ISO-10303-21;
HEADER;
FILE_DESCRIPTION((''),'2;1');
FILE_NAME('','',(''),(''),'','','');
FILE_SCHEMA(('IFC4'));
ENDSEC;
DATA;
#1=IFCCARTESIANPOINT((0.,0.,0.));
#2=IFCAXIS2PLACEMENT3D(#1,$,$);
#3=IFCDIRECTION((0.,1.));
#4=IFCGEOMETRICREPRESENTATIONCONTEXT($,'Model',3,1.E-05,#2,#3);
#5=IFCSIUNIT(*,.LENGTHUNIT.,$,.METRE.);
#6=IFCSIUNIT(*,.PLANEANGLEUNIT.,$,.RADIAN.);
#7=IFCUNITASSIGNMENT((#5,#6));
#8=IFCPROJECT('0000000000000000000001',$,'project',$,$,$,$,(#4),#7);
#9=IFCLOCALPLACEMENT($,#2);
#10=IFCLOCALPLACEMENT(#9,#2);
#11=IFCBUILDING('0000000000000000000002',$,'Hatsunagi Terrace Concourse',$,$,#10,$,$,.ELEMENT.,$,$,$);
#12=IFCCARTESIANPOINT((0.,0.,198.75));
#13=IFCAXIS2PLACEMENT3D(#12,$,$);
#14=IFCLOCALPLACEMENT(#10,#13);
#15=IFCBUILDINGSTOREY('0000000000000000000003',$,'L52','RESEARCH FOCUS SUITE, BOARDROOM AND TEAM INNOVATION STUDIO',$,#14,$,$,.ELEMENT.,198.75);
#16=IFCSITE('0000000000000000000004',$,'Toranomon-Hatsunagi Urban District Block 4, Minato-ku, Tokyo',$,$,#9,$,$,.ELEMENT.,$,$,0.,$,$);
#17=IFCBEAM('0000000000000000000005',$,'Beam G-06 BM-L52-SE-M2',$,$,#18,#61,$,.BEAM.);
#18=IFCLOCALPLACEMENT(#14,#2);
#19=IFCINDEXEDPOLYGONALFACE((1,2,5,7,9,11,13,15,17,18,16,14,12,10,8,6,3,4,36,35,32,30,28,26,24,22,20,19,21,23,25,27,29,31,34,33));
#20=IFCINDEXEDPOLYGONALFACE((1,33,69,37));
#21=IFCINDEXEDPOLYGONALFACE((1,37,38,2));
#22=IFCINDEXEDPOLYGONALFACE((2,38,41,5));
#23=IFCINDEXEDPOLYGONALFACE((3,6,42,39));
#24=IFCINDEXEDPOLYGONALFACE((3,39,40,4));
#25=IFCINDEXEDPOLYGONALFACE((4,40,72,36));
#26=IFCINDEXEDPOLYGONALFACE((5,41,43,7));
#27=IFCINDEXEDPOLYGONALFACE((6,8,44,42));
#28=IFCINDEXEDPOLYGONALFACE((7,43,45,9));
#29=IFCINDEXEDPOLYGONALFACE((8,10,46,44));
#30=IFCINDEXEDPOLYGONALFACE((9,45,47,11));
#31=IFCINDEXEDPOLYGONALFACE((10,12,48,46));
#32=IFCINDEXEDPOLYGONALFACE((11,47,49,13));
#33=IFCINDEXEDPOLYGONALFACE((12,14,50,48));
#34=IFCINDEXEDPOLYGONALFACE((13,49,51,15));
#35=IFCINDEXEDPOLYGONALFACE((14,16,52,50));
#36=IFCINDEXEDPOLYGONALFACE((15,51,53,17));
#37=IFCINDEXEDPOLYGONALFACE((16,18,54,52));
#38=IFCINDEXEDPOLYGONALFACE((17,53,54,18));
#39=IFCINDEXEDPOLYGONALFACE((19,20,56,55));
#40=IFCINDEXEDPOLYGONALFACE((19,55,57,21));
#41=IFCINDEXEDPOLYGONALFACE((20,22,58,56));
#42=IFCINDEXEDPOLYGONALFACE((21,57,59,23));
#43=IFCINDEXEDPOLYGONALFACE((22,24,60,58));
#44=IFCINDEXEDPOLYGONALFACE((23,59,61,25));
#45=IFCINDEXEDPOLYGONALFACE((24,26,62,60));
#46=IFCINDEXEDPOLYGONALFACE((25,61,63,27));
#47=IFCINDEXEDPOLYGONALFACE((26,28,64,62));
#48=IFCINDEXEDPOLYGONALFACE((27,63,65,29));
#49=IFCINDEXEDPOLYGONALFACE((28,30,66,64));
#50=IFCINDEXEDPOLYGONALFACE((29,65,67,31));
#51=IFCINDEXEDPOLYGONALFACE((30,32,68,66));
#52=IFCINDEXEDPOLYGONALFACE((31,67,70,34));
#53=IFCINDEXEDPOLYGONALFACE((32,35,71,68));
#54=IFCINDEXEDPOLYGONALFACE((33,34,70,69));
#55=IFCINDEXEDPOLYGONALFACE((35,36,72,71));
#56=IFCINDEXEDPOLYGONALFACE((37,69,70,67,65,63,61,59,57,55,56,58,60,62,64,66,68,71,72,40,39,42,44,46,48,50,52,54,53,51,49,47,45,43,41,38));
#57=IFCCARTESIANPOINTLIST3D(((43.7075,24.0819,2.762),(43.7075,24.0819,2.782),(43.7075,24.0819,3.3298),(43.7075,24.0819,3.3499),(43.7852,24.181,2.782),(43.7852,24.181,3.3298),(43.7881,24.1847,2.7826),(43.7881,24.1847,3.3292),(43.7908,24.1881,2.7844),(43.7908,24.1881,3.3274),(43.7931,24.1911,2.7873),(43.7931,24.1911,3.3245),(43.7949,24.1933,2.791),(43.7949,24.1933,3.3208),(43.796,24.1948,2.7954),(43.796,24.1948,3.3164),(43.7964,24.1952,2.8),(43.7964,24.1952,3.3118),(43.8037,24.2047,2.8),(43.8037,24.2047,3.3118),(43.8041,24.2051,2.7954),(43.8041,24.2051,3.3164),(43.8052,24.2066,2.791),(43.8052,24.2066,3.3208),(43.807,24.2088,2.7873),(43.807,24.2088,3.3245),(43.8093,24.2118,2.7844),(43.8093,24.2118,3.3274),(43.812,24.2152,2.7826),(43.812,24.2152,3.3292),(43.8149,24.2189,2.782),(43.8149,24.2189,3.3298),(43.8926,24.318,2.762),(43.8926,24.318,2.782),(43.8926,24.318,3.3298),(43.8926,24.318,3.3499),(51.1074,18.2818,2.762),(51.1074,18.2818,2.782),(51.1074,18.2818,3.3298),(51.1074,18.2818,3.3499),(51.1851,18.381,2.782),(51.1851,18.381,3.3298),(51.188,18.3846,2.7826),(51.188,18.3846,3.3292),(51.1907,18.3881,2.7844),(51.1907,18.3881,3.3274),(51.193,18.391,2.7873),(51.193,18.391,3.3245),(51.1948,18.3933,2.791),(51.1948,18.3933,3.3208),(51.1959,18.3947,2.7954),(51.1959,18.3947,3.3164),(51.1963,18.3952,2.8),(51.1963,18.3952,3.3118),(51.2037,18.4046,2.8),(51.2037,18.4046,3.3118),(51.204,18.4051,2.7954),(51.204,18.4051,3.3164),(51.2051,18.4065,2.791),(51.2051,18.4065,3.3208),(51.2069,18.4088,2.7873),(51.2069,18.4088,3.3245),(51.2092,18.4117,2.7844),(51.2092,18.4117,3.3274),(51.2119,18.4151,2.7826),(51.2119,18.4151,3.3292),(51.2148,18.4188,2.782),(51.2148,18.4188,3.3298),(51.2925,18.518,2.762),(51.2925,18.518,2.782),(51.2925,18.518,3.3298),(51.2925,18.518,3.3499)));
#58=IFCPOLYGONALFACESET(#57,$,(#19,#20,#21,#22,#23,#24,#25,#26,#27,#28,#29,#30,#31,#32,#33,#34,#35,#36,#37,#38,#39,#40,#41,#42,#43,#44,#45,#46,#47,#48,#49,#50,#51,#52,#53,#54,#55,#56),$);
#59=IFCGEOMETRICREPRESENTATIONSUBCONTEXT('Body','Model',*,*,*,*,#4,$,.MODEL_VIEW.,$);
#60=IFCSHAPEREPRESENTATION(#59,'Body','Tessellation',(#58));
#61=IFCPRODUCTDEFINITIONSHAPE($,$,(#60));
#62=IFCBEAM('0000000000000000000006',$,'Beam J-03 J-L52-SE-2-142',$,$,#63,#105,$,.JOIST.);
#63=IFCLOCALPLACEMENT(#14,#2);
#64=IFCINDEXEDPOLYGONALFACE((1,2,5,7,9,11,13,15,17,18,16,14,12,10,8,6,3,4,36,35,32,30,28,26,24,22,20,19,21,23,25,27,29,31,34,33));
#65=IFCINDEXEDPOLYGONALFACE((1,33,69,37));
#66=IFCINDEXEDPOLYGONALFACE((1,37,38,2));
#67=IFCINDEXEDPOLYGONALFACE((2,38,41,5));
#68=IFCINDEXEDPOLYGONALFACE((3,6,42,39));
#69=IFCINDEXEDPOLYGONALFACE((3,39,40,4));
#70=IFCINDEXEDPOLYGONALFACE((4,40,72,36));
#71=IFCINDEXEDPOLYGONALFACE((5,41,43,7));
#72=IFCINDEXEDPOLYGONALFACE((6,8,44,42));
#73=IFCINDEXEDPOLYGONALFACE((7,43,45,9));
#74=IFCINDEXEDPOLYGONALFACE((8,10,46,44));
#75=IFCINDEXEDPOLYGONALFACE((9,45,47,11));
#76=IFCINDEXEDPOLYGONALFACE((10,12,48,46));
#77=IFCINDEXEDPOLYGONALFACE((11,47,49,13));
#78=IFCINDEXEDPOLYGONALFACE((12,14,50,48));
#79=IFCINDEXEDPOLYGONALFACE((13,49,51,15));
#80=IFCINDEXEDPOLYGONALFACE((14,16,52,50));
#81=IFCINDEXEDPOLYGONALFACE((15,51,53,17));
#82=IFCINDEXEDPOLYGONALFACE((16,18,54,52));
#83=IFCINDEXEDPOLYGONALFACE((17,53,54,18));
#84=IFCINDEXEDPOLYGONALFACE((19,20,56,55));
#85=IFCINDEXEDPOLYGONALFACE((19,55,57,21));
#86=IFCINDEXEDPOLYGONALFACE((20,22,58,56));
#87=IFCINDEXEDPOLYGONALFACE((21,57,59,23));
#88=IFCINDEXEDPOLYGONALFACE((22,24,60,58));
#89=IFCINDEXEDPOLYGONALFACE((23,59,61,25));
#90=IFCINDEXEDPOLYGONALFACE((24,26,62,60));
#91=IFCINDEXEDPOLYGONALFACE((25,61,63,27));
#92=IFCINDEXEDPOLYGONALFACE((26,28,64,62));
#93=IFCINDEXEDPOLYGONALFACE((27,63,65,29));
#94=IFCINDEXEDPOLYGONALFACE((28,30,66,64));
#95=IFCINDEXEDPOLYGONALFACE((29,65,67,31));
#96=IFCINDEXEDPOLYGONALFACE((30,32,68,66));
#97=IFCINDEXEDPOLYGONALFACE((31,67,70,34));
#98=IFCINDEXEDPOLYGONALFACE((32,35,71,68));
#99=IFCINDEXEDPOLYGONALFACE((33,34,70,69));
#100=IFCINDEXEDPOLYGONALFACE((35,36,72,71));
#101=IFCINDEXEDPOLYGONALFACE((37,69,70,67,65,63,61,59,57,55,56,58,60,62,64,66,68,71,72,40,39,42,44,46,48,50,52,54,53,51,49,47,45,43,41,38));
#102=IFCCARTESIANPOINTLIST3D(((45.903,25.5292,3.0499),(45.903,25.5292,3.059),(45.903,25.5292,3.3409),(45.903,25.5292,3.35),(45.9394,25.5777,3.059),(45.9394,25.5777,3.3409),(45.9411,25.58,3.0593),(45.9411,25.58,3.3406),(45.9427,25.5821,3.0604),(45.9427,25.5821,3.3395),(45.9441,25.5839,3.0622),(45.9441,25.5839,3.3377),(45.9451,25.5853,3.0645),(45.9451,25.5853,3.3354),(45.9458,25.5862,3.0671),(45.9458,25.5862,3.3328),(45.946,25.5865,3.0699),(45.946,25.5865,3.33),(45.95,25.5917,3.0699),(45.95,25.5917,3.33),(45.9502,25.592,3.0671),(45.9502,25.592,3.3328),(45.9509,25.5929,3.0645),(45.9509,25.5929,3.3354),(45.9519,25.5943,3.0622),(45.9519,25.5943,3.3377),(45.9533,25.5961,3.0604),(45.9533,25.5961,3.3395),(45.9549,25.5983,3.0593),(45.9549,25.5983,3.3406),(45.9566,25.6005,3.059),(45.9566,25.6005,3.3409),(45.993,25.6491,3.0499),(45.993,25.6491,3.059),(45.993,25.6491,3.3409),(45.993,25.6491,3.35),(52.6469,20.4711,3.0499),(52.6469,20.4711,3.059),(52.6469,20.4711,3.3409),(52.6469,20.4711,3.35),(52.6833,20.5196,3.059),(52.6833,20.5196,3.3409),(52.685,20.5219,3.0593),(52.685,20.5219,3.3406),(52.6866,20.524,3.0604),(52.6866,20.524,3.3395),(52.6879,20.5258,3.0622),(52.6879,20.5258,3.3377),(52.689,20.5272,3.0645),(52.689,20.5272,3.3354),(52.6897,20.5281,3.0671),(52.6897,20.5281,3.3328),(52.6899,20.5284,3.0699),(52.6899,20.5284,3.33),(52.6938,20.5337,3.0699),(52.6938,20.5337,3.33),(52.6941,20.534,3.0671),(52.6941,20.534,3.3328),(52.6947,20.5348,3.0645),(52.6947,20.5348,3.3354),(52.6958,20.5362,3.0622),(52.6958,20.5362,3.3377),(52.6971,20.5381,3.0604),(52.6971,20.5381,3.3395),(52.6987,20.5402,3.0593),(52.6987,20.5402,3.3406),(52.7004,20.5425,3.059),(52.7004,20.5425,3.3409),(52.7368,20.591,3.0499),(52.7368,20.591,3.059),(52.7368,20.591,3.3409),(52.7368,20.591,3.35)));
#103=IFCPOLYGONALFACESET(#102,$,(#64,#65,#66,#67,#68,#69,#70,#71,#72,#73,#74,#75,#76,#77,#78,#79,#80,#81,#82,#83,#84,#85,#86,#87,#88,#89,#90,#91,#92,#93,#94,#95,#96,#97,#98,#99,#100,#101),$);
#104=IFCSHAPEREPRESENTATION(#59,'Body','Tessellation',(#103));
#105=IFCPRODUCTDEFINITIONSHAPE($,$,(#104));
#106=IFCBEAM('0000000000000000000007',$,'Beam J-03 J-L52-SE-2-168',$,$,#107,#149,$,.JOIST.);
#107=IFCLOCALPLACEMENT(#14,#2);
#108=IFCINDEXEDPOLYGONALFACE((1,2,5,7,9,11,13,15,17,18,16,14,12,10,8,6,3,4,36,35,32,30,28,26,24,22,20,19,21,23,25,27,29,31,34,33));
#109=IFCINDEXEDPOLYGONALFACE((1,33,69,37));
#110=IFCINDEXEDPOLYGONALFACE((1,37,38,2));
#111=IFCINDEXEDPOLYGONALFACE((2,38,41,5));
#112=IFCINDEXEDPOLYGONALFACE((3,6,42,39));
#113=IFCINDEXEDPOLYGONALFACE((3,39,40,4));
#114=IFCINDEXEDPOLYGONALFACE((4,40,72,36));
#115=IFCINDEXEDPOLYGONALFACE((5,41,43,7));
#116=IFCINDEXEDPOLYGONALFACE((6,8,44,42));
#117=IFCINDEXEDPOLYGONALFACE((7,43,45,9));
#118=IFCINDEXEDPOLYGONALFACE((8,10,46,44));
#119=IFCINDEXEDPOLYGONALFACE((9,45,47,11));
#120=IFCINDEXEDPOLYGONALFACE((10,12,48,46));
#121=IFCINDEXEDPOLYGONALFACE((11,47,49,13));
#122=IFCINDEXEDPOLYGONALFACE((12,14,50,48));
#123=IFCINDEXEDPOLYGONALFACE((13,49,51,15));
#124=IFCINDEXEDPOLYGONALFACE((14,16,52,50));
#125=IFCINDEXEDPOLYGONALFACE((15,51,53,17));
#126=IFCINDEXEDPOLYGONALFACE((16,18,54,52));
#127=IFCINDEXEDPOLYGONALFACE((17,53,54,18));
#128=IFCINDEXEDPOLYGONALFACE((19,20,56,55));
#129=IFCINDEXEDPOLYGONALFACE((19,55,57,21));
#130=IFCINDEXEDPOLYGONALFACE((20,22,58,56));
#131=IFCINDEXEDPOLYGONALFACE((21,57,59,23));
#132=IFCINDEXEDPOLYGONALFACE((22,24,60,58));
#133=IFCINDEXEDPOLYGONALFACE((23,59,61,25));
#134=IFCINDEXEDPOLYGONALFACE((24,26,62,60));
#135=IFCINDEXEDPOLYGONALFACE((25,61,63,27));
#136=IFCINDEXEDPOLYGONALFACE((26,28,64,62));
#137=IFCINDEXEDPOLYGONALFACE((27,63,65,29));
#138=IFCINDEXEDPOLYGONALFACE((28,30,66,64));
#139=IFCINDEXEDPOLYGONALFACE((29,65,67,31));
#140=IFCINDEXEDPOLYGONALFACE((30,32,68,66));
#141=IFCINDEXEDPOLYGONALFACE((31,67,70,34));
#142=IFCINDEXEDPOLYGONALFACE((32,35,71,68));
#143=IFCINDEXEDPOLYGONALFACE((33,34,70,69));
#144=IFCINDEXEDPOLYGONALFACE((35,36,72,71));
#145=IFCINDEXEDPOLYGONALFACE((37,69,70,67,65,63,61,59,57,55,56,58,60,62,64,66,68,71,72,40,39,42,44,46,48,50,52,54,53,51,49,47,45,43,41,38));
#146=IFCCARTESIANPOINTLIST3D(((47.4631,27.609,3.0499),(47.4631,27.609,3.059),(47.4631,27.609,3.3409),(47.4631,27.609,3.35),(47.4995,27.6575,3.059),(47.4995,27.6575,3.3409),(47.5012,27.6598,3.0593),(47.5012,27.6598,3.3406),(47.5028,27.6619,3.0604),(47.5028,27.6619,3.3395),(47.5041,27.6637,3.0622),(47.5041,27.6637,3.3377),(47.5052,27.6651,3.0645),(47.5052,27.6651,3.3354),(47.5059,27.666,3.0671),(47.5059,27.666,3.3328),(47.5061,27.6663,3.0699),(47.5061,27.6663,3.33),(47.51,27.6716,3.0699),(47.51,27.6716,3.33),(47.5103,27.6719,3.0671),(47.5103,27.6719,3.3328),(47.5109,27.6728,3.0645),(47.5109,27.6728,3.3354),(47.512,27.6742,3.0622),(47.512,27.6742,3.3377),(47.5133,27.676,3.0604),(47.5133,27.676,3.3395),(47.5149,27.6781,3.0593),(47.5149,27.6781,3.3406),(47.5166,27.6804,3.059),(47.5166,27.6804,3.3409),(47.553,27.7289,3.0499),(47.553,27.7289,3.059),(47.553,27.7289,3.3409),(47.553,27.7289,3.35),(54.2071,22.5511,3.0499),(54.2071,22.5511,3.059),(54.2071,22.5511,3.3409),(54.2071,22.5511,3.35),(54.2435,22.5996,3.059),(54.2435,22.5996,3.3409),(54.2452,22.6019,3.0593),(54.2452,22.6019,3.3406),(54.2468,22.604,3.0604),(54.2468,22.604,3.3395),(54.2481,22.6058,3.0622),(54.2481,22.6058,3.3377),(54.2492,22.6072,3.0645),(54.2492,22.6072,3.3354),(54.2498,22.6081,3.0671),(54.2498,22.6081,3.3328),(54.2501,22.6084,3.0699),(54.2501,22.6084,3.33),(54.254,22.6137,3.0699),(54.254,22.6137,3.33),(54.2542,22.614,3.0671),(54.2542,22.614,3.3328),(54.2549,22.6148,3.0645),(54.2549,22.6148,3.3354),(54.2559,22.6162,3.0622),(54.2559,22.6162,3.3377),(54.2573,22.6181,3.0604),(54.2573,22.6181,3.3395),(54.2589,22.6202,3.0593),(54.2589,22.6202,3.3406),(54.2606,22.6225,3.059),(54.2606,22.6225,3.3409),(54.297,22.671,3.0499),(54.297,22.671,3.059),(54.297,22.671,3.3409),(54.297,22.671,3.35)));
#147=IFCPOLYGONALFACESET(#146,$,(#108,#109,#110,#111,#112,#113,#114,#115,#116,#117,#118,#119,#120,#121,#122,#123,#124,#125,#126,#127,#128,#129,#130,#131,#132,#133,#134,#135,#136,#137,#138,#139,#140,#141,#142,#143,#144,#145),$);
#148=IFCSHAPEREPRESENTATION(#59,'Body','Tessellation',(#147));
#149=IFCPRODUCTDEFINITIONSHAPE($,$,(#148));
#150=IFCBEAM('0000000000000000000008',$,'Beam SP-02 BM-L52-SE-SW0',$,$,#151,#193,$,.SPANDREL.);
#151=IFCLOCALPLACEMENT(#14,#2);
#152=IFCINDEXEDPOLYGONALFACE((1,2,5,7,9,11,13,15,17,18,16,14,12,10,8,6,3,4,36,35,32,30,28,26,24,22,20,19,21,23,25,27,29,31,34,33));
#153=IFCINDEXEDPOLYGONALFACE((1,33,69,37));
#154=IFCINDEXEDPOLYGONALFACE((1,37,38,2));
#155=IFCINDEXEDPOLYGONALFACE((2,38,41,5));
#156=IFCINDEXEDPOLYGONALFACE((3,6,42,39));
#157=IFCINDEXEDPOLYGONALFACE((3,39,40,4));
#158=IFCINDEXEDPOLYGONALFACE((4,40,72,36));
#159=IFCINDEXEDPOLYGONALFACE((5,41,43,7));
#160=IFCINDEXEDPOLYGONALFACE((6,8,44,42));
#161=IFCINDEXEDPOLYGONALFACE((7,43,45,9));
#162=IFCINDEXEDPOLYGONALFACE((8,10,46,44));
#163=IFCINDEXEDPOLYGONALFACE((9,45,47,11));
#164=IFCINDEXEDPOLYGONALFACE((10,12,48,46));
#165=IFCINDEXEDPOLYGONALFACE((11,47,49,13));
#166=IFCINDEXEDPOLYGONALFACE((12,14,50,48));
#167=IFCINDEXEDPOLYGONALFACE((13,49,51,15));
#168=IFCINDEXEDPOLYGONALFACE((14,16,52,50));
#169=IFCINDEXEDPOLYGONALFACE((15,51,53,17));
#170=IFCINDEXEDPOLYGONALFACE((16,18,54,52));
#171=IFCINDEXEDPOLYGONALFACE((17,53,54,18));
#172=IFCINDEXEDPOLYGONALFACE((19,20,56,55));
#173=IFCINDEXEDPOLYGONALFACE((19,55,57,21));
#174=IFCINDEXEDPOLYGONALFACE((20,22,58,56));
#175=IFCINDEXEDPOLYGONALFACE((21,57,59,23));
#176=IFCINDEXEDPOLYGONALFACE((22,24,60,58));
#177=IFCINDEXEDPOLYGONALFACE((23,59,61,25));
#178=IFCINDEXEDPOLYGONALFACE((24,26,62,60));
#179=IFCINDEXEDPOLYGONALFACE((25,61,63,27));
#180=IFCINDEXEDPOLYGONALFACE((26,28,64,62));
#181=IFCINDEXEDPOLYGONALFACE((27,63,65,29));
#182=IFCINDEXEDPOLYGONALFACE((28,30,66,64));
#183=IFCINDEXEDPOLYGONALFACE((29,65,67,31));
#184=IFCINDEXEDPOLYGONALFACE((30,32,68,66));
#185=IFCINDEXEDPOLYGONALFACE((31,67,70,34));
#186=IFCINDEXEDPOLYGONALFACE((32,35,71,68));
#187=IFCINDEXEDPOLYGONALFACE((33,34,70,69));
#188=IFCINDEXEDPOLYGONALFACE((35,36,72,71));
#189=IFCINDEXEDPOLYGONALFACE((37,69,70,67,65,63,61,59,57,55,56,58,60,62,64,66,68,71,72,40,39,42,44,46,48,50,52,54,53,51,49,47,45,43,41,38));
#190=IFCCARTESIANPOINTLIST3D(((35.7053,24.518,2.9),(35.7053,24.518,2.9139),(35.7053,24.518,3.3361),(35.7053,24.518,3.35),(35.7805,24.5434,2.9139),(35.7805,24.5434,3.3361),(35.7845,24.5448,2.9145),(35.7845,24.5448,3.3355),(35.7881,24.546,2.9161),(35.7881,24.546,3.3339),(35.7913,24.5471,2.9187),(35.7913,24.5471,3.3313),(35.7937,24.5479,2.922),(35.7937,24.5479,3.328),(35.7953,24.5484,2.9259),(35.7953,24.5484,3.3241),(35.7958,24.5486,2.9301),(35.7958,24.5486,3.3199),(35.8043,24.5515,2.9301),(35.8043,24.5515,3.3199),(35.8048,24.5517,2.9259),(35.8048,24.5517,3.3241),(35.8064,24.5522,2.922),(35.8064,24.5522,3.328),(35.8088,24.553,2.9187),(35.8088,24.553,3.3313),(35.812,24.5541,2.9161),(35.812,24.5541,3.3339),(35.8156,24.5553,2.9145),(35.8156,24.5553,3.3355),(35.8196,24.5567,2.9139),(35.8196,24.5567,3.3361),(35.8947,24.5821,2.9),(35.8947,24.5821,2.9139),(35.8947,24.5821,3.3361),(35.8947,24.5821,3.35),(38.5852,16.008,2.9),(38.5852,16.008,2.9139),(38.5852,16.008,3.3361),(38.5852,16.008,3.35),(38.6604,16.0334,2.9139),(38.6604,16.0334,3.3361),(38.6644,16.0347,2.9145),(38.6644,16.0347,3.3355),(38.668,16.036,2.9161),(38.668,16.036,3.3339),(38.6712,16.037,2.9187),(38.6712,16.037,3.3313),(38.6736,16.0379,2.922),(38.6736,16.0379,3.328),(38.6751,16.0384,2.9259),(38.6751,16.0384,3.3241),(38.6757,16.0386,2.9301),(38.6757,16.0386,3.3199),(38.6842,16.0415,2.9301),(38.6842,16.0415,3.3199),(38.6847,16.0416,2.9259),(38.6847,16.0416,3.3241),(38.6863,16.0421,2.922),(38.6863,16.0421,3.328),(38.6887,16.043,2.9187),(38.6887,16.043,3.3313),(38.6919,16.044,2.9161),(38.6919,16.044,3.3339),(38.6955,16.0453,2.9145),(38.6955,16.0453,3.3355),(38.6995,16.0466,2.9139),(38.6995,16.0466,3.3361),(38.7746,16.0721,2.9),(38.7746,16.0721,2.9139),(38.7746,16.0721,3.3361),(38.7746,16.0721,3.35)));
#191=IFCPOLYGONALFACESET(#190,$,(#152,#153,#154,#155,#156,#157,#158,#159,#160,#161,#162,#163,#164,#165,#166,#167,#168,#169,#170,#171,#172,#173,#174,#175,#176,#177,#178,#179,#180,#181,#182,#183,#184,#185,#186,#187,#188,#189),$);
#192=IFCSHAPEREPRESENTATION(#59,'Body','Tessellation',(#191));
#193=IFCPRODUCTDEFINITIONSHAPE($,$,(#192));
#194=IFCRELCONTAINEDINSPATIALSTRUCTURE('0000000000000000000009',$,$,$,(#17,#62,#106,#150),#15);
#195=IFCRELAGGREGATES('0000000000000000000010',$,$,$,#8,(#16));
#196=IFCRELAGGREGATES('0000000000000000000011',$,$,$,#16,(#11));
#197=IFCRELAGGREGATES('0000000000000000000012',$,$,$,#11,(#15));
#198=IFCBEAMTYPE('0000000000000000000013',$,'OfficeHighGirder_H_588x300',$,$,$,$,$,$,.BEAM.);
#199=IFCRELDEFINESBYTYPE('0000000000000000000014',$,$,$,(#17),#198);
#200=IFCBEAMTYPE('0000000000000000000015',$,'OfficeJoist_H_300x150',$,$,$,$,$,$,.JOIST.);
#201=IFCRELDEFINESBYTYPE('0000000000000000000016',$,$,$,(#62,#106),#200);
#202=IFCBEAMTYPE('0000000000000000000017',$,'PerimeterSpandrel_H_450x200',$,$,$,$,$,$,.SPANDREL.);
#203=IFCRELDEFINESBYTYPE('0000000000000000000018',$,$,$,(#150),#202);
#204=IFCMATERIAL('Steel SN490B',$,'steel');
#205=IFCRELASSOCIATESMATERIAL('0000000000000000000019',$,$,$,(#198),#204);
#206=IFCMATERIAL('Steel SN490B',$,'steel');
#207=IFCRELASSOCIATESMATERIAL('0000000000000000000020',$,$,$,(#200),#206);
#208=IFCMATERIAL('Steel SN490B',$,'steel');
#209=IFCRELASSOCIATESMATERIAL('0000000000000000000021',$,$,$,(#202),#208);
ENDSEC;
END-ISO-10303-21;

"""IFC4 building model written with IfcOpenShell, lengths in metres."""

from ifc_helpers import new_model, si_unit, direction, frame, origin, origin_2d, place, context, subcontext, project, spatial, i_section, extrude, material, material_profile, profile_set, type_object, element, save


model = new_model("IFC4")

# Units and contexts
model_context = context("Model", 3, precision=1e-05, world=origin(), true_north=direction((0.0, 1.0)))
body_context = subcontext(model_context, "Body", "Model", "MODEL_VIEW")
ifc_project = project(units=[si_unit("LENGTHUNIT", "METRE"), si_unit("PLANEANGLEUNIT", "RADIAN")], contexts=[model_context])

# Site, building, storey
site_placement = place(None, origin())
site = spatial("IfcSite", under=ifc_project, at=site_placement, Name="Toranomon-Hatsunagi Urban District Block 4, Minato-ku, Tokyo", CompositionType="ELEMENT", RefElevation=0.0)
building_placement = place(site_placement, origin())
building = spatial("IfcBuilding", under=site, at=building_placement, Name="Hatsunagi Terrace Concourse", CompositionType="ELEMENT")
storey_placement = place(building_placement, frame((0.0, 0.0, 198.75)))
storey = spatial("IfcBuildingStorey", under=building, at=storey_placement, Name="L52", Description="RESEARCH FOCUS SUITE, BOARDROOM AND TEAM INNOVATION STUDIO", CompositionType="ELEMENT", Elevation=198.75)

# Beams
ifc_material_1 = material(Name="Steel SN490B", Category="steel")
ifc_material_profile_1 = material_profile(ifc_material_1, i_section(OverallWidth=0.3, OverallDepth=0.5879, WebThickness=0.012, FlangeThickness=0.02, FilletRadius=0.0181, at=origin_2d()), Name="H-588x300x12x20")
ifc_profile_set_1 = profile_set([ifc_material_profile_1], Name="Steel SN490B")
beam_type_1 = type_object("IfcBeamType", Name="OfficeHighGirder_H_588x300", PredefinedType="BEAM", material=ifc_profile_set_1)
beam_1_placement = place(storey_placement, frame((43.8, 24.2, 3.0559), z_axis=(0.787049, -0.61689, 0.0), x_axis=(0.61689, 0.787049, 0.0)))
element("IfcBeam", 1, at=beam_1_placement, inside=storey, type_object=beam_type_1, Name="Beam G-06 BM-L52-SE-M2", PredefinedType="BEAM", context=body_context, shape_type="SweptSolid", body=[
    extrude(i_section(OverallWidth=0.3, OverallDepth=0.5879, WebThickness=0.012, FlangeThickness=0.02, FilletRadius=0.0181, at=origin_2d()), origin(), (0.0, 0.0, 1.0), 9.4021),
])
ifc_material_2 = material(Name="Steel SN490B", Category="steel")
ifc_material_profile_2 = material_profile(ifc_material_2, i_section(OverallWidth=0.1499, OverallDepth=0.3, WebThickness=0.0066, FlangeThickness=0.009, FilletRadius=0.011, at=origin_2d()), Name="H-300x150x6.5x9")
ifc_profile_set_2 = profile_set([ifc_material_profile_2], Name="Steel SN490B")
beam_type_2 = type_object("IfcBeamType", Name="OfficeJoist_H_300x150", PredefinedType="JOIST", material=ifc_profile_set_2)
for number, where, z_axis, x_axis, name in (
    (2, (45.948, 25.5891, 3.2), (0.79999, -0.600014, 0.0), (0.600014, 0.79999, 0.0), "Beam J-03 J-L52-SE-2-142"),
    (3, (47.5081, 27.6689, 3.2), (0.800003, -0.599995, 0.0), (0.599995, 0.800003, 0.0), "Beam J-03 J-L52-SE-2-168"),
):
    element("IfcBeam", number, at=place(storey_placement, frame(where, z_axis=z_axis, x_axis=x_axis)), inside=storey, type_object=beam_type_2, Name=name, PredefinedType="JOIST", context=body_context, shape_type="SweptSolid", body=[
        extrude(i_section(OverallWidth=0.1499, OverallDepth=0.3, WebThickness=0.0066, FlangeThickness=0.009, FilletRadius=0.011, at=origin_2d()), origin(), (0.0, 0.0, 1.0), 8.4299),
    ])
ifc_material_3 = material(Name="Steel SN490B", Category="steel")
ifc_material_profile_3 = material_profile(ifc_material_3, i_section(OverallWidth=0.2, OverallDepth=0.45, WebThickness=0.009, FlangeThickness=0.0139, FilletRadius=0.0161, at=origin_2d()), Name="H-450x200x9x14")
ifc_profile_set_3 = profile_set([ifc_material_profile_3], Name="Steel SN490B")
beam_type_3 = type_object("IfcBeamType", Name="PerimeterSpandrel_H_450x200", PredefinedType="SPANDREL", material=ifc_profile_set_3)
beam_2_placement = place(storey_placement, frame((35.8, 24.55, 3.125), z_axis=(0.320553, -0.94723, 0.0), x_axis=(0.94723, 0.320553, 0.0)))
element("IfcBeam", 4, at=beam_2_placement, inside=storey, type_object=beam_type_3, Name="Beam SP-02 BM-L52-SE-SW0", PredefinedType="SPANDREL", context=body_context, shape_type="SweptSolid", body=[
    extrude(i_section(OverallWidth=0.2, OverallDepth=0.45, WebThickness=0.009, FlangeThickness=0.0139, FilletRadius=0.0161, at=origin_2d()), origin(), (0.0, 0.0, 1.0), 8.9841),
])

save(model, "model.ifc")
